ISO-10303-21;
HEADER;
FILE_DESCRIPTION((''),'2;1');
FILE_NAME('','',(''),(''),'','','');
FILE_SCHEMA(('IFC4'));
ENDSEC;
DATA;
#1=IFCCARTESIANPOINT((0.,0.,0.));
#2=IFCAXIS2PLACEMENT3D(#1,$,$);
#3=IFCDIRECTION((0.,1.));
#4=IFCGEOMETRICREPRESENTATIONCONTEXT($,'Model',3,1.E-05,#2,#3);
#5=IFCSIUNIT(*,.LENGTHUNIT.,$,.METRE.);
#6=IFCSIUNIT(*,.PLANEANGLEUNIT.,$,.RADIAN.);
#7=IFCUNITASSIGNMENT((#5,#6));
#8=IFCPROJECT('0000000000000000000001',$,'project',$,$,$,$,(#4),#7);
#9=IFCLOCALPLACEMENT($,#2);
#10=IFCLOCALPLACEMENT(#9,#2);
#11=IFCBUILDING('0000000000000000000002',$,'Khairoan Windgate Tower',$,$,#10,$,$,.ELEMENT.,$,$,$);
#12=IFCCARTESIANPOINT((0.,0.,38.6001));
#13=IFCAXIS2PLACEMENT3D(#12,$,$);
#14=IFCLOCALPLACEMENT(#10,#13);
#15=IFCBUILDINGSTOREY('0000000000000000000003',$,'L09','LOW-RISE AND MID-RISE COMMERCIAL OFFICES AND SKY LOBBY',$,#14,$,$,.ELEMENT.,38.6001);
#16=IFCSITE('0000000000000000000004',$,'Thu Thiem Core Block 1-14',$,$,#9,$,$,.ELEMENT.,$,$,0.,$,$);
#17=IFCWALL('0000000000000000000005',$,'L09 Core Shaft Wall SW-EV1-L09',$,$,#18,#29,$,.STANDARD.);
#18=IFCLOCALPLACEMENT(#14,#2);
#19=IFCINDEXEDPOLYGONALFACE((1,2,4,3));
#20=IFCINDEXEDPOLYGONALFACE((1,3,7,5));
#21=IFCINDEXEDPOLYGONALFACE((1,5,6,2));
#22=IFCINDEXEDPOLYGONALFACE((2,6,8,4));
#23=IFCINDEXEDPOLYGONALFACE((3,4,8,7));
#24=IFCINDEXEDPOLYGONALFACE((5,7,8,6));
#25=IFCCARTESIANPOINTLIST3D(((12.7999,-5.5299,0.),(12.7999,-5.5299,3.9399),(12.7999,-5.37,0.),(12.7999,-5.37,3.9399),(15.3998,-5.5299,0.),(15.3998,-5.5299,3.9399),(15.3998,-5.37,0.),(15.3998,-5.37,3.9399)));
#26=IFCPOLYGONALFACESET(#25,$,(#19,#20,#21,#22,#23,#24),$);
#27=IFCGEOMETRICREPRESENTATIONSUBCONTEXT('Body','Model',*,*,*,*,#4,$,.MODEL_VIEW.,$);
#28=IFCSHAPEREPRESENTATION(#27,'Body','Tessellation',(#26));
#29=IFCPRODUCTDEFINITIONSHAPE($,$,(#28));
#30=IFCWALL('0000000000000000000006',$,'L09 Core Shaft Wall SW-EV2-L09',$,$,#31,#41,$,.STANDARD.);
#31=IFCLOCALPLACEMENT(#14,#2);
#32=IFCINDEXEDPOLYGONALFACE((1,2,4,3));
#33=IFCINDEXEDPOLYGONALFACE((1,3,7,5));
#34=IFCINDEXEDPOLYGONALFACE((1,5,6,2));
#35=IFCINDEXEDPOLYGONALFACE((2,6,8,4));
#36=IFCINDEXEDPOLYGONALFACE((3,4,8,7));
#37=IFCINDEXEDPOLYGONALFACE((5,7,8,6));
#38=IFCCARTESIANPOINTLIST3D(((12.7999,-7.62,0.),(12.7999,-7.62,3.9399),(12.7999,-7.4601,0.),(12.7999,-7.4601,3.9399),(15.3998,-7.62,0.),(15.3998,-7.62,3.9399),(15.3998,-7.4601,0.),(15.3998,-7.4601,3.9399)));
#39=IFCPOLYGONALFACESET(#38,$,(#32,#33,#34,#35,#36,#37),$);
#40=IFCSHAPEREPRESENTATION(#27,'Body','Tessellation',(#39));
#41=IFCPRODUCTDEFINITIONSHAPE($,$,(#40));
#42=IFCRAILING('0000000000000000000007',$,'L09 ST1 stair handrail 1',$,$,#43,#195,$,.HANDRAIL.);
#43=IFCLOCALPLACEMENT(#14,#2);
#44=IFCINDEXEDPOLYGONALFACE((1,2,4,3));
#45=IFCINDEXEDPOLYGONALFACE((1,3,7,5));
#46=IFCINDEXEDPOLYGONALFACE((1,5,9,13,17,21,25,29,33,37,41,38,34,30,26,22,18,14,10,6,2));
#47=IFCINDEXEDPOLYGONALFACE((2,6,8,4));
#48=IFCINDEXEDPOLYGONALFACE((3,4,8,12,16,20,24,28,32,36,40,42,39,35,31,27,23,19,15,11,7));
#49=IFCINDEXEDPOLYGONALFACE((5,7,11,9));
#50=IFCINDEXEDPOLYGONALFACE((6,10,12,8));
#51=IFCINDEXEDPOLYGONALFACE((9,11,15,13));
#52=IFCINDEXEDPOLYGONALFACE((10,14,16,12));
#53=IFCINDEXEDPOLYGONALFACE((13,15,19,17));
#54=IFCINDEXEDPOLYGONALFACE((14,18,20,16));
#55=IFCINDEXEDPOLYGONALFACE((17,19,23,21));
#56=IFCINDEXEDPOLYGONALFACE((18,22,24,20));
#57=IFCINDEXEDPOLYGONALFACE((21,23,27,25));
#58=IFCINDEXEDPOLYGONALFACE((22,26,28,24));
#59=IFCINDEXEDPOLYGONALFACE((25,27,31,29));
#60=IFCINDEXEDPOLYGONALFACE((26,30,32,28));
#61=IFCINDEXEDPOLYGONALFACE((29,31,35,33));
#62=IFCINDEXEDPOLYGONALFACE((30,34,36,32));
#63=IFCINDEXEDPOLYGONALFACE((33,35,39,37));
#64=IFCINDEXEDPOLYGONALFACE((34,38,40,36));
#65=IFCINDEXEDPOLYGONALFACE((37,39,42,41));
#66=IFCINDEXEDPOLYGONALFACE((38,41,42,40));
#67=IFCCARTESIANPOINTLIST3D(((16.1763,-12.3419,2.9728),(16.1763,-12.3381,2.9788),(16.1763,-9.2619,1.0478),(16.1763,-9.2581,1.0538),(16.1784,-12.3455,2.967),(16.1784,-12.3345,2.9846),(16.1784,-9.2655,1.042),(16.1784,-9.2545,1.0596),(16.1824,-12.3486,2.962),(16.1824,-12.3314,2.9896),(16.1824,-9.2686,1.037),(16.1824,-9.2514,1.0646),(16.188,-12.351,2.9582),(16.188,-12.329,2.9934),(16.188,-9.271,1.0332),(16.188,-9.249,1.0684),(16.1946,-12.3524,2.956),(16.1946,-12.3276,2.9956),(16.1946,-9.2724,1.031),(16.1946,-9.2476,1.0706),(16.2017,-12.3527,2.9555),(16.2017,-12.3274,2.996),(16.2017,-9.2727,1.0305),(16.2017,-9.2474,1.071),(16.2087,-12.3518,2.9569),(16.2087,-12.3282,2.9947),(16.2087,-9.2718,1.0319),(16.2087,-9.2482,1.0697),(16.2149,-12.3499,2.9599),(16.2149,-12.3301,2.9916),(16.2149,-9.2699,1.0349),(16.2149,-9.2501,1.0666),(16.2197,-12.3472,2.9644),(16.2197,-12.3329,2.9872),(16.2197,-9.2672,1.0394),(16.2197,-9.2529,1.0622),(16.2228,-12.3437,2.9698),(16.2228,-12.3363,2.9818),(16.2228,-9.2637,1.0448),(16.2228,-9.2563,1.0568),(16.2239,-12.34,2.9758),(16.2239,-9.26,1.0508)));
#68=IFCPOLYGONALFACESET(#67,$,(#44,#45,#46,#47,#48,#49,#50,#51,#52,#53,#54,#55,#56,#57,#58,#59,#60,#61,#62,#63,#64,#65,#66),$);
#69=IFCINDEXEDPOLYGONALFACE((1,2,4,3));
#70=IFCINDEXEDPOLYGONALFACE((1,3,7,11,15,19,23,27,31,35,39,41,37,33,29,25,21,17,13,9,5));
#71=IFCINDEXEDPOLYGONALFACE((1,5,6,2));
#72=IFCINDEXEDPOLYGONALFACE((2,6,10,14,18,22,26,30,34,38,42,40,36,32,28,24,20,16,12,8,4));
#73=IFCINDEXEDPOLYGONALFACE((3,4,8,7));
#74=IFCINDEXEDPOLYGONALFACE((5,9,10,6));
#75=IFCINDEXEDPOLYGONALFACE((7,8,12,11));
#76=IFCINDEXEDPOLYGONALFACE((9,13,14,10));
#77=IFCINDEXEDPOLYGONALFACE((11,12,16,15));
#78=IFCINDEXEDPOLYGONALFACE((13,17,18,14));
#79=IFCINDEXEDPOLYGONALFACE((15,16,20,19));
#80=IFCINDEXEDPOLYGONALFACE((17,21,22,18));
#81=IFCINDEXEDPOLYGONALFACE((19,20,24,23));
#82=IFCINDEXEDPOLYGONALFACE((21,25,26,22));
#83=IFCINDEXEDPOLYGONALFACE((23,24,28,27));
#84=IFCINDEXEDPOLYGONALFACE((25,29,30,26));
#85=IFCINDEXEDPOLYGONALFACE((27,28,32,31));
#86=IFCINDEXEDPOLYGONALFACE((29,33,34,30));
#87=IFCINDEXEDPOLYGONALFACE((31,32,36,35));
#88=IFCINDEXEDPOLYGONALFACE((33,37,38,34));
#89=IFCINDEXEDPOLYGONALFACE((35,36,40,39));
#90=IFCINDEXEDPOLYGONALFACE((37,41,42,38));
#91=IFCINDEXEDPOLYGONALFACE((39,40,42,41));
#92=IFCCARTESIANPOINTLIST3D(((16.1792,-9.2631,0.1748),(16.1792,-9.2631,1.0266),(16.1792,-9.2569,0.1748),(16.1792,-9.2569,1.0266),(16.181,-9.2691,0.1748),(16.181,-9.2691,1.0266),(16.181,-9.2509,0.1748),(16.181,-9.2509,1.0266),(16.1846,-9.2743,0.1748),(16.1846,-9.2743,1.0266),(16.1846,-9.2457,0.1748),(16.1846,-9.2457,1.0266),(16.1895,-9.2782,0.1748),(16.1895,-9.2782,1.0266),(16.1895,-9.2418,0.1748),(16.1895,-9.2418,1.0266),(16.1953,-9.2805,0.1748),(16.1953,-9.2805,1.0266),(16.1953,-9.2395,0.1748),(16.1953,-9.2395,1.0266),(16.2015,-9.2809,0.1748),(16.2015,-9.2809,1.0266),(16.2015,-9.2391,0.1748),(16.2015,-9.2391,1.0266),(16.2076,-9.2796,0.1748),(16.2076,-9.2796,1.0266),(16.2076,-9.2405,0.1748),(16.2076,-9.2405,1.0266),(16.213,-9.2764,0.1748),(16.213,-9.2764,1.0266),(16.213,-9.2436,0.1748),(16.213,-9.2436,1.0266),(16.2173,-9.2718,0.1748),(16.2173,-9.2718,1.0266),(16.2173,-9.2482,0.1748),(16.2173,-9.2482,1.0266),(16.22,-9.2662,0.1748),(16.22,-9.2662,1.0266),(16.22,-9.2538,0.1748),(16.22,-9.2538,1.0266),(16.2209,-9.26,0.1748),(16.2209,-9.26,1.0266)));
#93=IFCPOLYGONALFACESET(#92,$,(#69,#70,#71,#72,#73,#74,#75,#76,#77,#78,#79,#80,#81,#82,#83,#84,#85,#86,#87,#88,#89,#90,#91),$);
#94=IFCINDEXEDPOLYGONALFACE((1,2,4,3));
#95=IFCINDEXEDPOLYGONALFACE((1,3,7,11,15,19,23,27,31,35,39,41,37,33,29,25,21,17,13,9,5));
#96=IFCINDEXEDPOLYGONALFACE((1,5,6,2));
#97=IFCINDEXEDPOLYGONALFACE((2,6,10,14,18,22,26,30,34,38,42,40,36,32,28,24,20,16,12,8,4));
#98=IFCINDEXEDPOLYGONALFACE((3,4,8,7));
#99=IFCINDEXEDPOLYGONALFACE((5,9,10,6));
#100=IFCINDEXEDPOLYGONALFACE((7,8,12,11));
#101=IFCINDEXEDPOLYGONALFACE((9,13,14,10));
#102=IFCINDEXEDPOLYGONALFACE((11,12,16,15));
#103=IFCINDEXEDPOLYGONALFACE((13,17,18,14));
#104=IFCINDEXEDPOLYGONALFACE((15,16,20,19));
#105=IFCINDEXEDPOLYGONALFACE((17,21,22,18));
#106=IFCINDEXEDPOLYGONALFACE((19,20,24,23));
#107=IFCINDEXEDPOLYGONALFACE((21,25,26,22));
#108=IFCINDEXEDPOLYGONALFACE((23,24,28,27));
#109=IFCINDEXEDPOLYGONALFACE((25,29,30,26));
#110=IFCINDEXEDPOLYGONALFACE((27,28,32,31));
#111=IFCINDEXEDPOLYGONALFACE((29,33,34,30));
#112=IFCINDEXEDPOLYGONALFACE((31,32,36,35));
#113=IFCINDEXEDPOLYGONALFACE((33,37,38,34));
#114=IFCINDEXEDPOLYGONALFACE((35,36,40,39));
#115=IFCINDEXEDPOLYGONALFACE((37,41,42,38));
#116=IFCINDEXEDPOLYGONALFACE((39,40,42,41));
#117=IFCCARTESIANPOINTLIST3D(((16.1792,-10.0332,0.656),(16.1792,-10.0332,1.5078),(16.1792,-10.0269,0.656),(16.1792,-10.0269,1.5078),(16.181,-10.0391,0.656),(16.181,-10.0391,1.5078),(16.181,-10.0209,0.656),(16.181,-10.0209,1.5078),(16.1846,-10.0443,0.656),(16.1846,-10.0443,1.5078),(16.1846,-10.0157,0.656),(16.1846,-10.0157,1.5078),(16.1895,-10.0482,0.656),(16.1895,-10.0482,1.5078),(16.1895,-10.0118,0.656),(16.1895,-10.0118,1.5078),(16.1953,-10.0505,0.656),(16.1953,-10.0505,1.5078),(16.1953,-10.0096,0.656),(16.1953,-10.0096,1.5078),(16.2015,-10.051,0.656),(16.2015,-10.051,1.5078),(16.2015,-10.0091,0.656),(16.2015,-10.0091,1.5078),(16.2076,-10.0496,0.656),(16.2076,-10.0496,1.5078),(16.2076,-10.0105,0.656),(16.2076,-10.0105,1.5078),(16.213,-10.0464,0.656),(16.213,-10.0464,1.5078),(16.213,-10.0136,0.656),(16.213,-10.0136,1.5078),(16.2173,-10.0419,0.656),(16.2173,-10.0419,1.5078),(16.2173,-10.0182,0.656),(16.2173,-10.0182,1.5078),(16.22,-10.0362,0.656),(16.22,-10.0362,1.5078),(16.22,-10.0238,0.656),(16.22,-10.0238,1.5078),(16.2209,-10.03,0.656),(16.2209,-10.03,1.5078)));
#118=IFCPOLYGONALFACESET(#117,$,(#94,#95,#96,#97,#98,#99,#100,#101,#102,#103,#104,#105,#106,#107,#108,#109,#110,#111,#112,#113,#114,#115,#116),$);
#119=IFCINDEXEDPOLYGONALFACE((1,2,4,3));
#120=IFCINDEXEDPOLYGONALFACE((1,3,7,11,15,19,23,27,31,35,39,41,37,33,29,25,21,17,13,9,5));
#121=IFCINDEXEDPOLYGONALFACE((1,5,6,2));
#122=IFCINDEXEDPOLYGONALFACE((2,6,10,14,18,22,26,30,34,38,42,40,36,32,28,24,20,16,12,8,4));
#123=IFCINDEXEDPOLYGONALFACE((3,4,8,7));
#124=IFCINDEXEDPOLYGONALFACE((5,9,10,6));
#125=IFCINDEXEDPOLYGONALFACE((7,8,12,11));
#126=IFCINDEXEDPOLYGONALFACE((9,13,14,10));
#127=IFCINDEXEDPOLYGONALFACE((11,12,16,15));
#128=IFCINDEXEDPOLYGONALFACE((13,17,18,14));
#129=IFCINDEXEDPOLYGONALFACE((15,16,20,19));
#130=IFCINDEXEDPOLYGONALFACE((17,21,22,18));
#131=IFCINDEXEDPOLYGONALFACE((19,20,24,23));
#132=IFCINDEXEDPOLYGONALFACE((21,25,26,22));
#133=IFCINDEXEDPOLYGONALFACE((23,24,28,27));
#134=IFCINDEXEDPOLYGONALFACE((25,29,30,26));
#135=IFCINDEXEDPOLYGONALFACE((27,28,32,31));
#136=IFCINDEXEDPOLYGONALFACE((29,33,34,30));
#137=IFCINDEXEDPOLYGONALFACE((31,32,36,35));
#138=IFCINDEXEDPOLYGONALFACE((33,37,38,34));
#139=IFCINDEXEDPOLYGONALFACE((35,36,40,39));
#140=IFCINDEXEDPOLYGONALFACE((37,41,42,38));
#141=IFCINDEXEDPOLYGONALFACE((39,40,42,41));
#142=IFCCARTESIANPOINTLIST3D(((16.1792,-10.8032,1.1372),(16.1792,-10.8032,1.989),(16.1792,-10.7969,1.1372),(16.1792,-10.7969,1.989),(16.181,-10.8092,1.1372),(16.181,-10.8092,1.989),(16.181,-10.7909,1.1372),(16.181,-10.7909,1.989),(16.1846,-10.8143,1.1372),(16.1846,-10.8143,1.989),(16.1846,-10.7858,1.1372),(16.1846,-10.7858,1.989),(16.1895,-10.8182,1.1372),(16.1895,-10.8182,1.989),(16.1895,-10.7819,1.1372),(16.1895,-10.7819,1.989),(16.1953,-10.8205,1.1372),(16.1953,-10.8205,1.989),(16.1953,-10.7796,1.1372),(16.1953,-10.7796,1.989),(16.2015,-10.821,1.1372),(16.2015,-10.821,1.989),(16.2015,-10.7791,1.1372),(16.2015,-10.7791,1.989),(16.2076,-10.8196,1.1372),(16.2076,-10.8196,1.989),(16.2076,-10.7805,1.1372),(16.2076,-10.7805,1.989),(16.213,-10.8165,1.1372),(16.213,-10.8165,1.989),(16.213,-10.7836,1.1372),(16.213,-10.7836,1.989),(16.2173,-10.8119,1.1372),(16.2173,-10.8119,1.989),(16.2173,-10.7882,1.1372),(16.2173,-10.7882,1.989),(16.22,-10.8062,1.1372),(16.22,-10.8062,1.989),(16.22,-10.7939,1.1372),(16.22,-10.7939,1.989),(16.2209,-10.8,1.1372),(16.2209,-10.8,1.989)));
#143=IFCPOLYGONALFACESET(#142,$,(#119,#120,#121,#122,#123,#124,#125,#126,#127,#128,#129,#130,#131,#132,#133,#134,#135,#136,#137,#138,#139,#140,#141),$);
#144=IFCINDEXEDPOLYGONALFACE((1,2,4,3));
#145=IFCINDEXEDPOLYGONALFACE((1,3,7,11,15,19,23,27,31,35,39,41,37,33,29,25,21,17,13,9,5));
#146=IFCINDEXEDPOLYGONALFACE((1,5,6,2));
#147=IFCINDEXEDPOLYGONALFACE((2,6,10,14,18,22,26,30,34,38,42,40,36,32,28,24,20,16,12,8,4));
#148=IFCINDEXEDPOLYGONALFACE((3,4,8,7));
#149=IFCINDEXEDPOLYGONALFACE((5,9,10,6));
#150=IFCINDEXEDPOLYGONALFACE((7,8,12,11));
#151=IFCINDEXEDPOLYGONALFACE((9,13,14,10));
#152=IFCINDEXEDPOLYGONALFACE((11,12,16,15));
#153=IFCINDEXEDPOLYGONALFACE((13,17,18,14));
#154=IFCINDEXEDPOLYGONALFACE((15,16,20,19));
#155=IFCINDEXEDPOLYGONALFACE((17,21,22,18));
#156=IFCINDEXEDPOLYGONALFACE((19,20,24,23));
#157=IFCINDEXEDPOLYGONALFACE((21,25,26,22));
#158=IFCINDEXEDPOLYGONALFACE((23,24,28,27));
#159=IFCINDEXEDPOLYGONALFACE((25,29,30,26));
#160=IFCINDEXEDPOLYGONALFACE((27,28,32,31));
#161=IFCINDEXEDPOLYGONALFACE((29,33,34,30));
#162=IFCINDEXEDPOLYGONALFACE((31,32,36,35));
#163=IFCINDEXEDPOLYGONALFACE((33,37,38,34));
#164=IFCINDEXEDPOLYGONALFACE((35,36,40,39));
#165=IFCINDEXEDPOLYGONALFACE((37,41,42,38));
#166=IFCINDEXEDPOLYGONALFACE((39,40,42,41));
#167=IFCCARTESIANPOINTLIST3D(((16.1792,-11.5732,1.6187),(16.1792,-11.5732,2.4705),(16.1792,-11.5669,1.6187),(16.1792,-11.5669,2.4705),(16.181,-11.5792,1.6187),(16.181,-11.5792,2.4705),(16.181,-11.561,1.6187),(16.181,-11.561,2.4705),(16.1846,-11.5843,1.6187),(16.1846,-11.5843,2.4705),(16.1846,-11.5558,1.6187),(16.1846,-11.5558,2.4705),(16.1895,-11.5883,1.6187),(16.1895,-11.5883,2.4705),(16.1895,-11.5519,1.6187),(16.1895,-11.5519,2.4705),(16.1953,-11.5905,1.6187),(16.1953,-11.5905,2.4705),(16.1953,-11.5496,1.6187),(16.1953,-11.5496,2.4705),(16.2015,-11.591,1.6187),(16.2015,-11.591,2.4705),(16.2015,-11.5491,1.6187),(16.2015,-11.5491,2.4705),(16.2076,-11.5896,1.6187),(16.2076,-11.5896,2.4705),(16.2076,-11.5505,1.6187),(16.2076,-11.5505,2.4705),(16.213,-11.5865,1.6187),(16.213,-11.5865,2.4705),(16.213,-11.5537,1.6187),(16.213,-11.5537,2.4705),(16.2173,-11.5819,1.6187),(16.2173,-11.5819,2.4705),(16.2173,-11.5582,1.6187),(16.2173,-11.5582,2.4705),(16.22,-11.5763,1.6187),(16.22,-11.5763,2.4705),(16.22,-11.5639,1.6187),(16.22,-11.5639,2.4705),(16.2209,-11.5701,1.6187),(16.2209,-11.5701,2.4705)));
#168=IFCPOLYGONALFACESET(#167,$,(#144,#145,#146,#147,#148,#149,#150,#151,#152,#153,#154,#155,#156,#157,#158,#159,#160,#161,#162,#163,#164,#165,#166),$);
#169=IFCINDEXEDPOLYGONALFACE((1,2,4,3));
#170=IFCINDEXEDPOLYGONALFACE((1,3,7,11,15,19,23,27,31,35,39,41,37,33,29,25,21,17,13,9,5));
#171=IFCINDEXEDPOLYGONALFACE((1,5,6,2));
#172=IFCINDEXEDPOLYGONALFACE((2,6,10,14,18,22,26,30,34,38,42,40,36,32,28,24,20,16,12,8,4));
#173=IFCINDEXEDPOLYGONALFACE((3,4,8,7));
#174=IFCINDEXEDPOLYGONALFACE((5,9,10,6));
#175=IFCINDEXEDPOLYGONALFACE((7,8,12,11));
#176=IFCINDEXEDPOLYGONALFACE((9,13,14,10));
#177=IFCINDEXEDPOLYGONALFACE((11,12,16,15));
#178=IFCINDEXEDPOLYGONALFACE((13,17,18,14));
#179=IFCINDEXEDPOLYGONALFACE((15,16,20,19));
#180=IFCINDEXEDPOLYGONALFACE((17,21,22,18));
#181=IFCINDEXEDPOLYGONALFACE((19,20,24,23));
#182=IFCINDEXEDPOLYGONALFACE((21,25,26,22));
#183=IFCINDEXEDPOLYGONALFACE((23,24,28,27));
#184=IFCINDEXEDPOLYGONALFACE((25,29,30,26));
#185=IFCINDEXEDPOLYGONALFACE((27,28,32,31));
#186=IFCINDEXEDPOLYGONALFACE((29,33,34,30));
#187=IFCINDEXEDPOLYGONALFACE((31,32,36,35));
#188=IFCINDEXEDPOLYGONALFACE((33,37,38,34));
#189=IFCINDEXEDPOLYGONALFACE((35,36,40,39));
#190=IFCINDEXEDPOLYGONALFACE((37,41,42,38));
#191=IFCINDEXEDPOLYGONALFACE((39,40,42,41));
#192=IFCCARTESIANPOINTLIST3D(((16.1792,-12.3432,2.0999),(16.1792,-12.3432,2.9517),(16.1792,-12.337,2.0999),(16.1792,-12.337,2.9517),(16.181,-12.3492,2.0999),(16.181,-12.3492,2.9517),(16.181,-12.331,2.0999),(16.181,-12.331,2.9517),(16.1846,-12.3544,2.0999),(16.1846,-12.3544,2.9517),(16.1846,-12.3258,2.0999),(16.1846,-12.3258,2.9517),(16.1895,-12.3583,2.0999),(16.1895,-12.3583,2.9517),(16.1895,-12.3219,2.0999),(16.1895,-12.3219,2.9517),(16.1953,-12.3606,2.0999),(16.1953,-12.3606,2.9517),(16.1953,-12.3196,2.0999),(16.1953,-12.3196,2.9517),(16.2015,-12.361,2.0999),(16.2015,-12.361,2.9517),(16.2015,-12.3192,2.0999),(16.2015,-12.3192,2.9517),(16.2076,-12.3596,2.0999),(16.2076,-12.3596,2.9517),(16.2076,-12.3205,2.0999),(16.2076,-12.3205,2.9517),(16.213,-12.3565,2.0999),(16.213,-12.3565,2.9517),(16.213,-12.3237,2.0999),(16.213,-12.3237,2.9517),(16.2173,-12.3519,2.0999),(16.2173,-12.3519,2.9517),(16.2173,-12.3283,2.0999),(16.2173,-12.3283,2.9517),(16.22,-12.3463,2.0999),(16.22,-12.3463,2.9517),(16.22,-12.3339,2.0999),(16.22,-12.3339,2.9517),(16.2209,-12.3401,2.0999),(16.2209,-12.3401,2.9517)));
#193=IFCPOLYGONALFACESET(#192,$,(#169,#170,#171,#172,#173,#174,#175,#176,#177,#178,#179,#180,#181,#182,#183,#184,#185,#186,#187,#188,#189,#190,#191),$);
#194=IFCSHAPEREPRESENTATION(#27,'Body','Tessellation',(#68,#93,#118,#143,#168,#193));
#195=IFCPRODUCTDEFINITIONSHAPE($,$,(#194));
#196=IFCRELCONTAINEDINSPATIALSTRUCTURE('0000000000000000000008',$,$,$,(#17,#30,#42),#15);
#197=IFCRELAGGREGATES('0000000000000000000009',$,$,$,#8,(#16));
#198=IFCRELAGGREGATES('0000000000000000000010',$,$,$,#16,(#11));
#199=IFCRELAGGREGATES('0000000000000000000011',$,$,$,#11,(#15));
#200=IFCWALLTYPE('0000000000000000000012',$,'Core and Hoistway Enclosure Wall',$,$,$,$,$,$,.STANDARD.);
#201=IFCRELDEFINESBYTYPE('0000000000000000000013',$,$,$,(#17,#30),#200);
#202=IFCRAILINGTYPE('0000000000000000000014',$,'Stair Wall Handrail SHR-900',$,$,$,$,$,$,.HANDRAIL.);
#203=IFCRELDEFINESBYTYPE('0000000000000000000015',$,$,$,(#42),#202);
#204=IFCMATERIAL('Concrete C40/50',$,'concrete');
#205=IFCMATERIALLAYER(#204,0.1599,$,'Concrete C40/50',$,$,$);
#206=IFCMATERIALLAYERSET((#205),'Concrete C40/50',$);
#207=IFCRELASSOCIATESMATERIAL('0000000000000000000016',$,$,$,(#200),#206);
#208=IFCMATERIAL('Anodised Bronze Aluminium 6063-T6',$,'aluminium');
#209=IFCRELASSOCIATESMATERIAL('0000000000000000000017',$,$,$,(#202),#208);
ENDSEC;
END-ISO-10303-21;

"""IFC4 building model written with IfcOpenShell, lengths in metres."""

from ifc_helpers import new_model, si_unit, direction, frame, frame_2d, origin, origin_2d, place, context, subcontext, project, spatial, rectangle, circle, extrude, material, layer, layer_set, type_object, element, save


model = new_model("IFC4")

# Units and contexts
model_context = context("Model", 3, precision=1e-05, world=origin(), true_north=direction((0.0, 1.0)))
body_context = subcontext(model_context, "Body", "Model", "MODEL_VIEW")
ifc_project = project(units=[si_unit("LENGTHUNIT", "METRE"), si_unit("PLANEANGLEUNIT", "RADIAN")], contexts=[model_context])

# Site, building, storey
site_placement = place(None, origin())
site = spatial("IfcSite", under=ifc_project, at=site_placement, Name="Thu Thiem Core Block 1-14", CompositionType="ELEMENT", RefElevation=0.0)
building_placement = place(site_placement, origin())
building = spatial("IfcBuilding", under=site, at=building_placement, Name="Khairoan Windgate Tower", CompositionType="ELEMENT")
storey_placement = place(building_placement, frame((0.0, 0.0, 38.6001)))
storey = spatial("IfcBuildingStorey", under=building, at=storey_placement, Name="L09", Description="LOW-RISE AND MID-RISE COMMERCIAL OFFICES AND SKY LOBBY", CompositionType="ELEMENT", Elevation=38.6001)

# Shared definitions
ifc_material_1 = material(Name="Concrete C40/50", Category="concrete")
ifc_layer_1 = layer(ifc_material_1, 0.1599, Name="Concrete C40/50")
ifc_layer_set_1 = layer_set([ifc_layer_1], Name="Concrete C40/50")
wall_type = type_object("IfcWallType", Name="Core and Hoistway Enclosure Wall", PredefinedType="STANDARD", material=ifc_layer_set_1)

# Walls
for number, where, z_axis, x_axis, name in (
    (1, (12.8, -5.45, 0.0), (0.0, 0.0, 1.0), (1.0, 0.0, 0.0), "L09 Core Shaft Wall SW-EV1-L09"),
    (2, (12.8, -7.54, 0.0), (0.0, 0.0, 1.0), (1.0, 0.0, 0.0), "L09 Core Shaft Wall SW-EV2-L09"),
):
    element("IfcWall", number, at=place(storey_placement, frame(where, z_axis=z_axis, x_axis=x_axis)), inside=storey, type_object=wall_type, Name=name, PredefinedType="STANDARD", context=body_context, shape_type="SweptSolid", body=[
        extrude(rectangle(XDim=2.5999, YDim=0.1599, at=frame_2d((1.2998, 0.0))), origin(), (0.0, 0.0, 1.0), 3.9399),
    ])

# Railing
ifc_material_2 = material(Name="Anodised Bronze Aluminium 6063-T6", Category="aluminium")
railing_type_1 = type_object("IfcRailingType", Name="Stair Wall Handrail SHR-900", PredefinedType="HANDRAIL", material=ifc_material_2)
railing_1_placement = place(storey_placement, frame((16.2, -9.26, 0.1748)))
element("IfcRailing", 3, at=railing_1_placement, inside=storey, type_object=railing_type_1, Name="L09 ST1 stair handrail 1", PredefinedType="HANDRAIL", context=body_context, shape_type="SweptSolid", body=[
    extrude(circle(Radius=0.0239, at=origin_2d()), frame((0.0, 0.0, 0.876), z_axis=(0.0, -0.847998, 0.529999), x_axis=(1.0, 0.0, 0.0)), (0.0, 0.0, 1.0), 3.6321),
    extrude(circle(Radius=0.021, at=origin_2d()), origin(), (0.0, 0.0, 1.0), 0.8518),
    extrude(circle(Radius=0.021, at=origin_2d()), frame((0.0, -0.77, 0.4812)), (0.0, 0.0, 1.0), 0.8518),
    extrude(circle(Radius=0.021, at=origin_2d()), frame((0.0, -1.54, 0.9624)), (0.0, 0.0, 1.0), 0.8518),
    extrude(circle(Radius=0.021, at=origin_2d()), frame((0.0, -2.3101, 1.4438)), (0.0, 0.0, 1.0), 0.8518),
    extrude(circle(Radius=0.021, at=origin_2d()), frame((0.0, -3.0801, 1.925)), (0.0, 0.0, 1.0), 0.8518),
])

save(model, "model.ifc")
